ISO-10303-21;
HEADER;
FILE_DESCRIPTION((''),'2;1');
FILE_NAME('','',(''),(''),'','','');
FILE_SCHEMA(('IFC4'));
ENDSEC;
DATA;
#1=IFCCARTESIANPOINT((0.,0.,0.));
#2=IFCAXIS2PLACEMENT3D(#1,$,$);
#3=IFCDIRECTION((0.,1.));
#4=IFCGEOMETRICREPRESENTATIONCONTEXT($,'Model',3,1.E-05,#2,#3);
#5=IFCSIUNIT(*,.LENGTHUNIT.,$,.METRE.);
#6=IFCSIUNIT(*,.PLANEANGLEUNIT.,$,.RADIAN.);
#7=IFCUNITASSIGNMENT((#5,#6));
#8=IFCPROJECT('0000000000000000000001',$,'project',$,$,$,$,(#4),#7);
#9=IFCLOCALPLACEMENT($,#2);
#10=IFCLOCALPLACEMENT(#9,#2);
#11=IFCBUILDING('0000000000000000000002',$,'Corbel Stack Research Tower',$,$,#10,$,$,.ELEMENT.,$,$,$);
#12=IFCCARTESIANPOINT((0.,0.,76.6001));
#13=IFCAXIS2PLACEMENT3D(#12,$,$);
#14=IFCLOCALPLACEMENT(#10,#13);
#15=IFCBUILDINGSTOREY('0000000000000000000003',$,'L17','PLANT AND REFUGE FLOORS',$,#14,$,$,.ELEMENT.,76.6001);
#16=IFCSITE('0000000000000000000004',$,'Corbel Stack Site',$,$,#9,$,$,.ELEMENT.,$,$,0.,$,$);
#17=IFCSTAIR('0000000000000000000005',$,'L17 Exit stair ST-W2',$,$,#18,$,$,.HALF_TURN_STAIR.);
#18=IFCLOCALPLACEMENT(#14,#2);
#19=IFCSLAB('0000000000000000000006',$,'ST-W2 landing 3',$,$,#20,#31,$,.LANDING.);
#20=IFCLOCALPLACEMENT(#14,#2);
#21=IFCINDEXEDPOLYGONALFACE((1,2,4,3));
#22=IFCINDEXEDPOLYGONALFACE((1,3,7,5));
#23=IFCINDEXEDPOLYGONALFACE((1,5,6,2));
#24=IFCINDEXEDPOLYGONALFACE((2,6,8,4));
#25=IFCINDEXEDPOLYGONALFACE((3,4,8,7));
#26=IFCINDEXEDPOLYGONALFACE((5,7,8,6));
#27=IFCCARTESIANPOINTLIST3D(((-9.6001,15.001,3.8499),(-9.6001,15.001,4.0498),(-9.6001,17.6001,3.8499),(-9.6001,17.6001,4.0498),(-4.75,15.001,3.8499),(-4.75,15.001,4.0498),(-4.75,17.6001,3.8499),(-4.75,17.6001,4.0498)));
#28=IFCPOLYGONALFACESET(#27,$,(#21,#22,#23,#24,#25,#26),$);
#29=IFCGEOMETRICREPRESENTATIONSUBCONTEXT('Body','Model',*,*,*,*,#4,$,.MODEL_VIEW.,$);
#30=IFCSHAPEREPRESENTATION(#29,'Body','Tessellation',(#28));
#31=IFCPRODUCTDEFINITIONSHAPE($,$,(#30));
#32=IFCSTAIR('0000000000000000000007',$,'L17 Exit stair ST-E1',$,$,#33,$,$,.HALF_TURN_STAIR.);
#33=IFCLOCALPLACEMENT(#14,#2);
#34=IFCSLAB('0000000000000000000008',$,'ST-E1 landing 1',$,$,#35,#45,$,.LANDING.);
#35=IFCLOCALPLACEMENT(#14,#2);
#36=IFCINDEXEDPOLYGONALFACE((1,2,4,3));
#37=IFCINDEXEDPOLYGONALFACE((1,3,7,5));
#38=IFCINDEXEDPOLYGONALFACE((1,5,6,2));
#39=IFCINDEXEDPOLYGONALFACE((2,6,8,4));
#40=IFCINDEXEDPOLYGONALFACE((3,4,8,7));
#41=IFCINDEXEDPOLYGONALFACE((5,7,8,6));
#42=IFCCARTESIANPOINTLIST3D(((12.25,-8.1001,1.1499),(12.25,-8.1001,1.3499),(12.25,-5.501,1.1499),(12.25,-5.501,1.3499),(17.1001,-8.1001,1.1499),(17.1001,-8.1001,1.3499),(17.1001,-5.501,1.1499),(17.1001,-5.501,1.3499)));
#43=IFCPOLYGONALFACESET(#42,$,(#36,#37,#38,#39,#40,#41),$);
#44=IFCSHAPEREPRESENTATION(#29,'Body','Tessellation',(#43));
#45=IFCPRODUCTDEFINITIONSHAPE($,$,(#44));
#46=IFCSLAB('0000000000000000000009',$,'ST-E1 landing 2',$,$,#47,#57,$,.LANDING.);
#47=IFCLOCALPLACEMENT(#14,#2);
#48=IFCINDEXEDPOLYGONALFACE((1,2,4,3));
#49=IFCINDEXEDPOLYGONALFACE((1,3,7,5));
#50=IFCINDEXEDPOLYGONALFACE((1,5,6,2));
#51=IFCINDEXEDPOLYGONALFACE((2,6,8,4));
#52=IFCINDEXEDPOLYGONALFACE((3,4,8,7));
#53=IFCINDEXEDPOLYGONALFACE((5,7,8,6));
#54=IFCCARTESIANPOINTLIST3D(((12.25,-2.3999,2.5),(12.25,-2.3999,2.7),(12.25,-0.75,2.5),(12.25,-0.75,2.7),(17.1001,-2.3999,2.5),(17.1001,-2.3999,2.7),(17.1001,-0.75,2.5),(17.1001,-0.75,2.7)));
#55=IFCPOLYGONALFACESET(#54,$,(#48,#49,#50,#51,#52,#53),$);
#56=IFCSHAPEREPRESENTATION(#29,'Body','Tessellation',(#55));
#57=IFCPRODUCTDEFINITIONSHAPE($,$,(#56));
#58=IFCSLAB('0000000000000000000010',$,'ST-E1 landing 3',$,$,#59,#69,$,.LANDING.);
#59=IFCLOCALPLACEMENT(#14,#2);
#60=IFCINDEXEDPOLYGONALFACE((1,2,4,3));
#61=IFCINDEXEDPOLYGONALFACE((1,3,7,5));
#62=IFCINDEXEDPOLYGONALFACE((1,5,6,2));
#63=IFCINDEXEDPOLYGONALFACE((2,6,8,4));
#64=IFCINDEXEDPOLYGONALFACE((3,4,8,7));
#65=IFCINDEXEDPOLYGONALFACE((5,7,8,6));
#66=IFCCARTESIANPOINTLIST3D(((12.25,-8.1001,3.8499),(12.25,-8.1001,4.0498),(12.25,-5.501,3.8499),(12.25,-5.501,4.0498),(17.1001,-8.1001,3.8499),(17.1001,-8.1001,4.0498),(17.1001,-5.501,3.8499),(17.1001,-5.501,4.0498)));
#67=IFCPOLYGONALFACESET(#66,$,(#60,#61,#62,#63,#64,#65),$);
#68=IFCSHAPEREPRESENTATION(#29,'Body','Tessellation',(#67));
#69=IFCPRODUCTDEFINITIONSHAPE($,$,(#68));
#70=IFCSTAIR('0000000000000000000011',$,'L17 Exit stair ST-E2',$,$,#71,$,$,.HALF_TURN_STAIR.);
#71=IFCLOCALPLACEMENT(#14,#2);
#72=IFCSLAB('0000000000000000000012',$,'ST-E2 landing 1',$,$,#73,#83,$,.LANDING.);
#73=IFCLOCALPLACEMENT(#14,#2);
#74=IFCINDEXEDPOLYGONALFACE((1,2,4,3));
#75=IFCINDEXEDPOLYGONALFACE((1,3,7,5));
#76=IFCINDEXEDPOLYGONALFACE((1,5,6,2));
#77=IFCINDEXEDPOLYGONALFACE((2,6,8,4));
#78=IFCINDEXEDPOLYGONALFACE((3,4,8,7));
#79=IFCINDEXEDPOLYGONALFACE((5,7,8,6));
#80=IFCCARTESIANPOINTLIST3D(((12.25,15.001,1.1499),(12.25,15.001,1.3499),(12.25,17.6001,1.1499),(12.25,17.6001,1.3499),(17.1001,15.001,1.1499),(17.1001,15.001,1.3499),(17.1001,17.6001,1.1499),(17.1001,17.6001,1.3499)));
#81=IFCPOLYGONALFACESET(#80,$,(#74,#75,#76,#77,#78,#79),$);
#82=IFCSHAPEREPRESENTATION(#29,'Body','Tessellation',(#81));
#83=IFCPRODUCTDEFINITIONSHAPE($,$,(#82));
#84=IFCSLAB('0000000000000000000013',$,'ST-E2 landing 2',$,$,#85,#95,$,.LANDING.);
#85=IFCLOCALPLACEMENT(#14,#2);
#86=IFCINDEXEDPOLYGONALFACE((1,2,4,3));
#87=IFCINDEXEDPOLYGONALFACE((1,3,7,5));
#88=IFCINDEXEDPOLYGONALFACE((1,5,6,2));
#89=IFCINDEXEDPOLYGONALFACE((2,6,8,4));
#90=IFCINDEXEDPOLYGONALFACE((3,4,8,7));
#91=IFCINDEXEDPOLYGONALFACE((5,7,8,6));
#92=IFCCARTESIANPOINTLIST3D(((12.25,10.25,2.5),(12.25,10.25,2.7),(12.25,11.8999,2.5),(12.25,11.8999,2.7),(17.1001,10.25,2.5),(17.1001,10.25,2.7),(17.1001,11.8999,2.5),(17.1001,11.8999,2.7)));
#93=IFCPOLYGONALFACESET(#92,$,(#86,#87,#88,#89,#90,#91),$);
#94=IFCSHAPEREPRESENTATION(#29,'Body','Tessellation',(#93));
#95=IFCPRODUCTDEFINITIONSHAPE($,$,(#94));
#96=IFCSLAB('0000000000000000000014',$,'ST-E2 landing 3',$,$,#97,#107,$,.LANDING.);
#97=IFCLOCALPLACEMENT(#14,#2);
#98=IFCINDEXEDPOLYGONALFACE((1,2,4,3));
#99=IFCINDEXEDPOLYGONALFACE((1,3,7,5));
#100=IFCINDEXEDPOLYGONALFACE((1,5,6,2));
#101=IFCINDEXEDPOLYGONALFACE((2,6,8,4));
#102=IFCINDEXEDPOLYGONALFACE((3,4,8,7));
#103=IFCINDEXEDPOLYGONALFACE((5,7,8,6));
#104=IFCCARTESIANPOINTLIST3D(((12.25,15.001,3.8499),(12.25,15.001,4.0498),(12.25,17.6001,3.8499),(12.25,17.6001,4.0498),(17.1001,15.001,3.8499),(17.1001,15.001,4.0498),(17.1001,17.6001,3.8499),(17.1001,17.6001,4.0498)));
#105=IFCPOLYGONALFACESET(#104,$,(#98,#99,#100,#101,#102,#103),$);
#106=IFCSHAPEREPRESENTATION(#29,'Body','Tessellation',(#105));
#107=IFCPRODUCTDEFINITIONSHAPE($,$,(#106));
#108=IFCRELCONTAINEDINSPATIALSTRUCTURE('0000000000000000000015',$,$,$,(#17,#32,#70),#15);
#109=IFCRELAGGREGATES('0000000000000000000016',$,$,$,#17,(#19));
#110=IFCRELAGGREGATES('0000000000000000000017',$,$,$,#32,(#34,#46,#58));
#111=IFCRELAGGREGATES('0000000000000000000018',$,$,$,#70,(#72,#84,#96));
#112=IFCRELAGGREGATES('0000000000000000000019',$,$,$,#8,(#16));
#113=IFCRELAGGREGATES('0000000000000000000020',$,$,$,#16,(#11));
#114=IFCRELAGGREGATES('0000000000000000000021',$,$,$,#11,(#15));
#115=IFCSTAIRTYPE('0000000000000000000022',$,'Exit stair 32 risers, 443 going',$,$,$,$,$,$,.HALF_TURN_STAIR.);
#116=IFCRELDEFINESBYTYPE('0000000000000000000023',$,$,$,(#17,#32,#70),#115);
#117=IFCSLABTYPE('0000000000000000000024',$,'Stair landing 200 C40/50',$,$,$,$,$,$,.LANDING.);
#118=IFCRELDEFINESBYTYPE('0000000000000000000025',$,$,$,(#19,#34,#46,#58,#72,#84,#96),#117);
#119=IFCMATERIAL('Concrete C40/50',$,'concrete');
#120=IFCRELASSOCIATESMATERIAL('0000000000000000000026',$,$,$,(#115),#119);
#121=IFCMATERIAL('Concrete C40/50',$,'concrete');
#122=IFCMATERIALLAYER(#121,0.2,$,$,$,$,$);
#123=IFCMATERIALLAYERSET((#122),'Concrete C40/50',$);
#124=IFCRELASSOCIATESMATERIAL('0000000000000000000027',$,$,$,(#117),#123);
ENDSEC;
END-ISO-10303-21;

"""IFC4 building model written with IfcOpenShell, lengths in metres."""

from ifc_helpers import new_model, si_unit, direction, frame, origin, place, context, subcontext, project, spatial, polyline, outline, extrude, material, layer, layer_set, type_object, element, aggregate, save


model = new_model("IFC4")

# Units and contexts
model_context = context("Model", 3, precision=1e-05, world=origin(), true_north=direction((0.0, 1.0)))
body_context = subcontext(model_context, "Body", "Model", "MODEL_VIEW")
ifc_project = project(units=[si_unit("LENGTHUNIT", "METRE"), si_unit("PLANEANGLEUNIT", "RADIAN")], contexts=[model_context])

# Site, building, storey
site_placement = place(None, origin())
site = spatial("IfcSite", under=ifc_project, at=site_placement, Name="Corbel Stack Site", CompositionType="ELEMENT", RefElevation=0.0)
building_placement = place(site_placement, origin())
building = spatial("IfcBuilding", under=site, at=building_placement, Name="Corbel Stack Research Tower", CompositionType="ELEMENT")
storey_placement = place(building_placement, frame((0.0, 0.0, 76.6001)))
storey = spatial("IfcBuildingStorey", under=building, at=storey_placement, Name="L17", Description="PLANT AND REFUGE FLOORS", CompositionType="ELEMENT", Elevation=76.6001)

# Stairs, slabs
ifc_material_1 = material(Name="Concrete C40/50", Category="concrete")
stair_type = type_object("IfcStairType", Name="Exit stair 32 risers, 443 going", PredefinedType="HALF_TURN_STAIR", material=ifc_material_1)
ifc_material_2 = material(Name="Concrete C40/50", Category="concrete")
ifc_layer_1 = layer(ifc_material_2, 0.2)
ifc_layer_set_1 = layer_set([ifc_layer_1], Name="Concrete C40/50")
slab_type_1 = type_object("IfcSlabType", Name="Stair landing 200 C40/50", PredefinedType="LANDING", material=ifc_layer_set_1)
stair_1_placement = place(storey_placement, origin())
stair_1 = element("IfcStair", 1, at=stair_1_placement, inside=storey, type_object=stair_type, Name="L17 Exit stair ST-W2", PredefinedType="HALF_TURN_STAIR")
slab_1_placement = place(storey_placement, frame((0.0, 0.0, 3.8499)))
slab_1 = element("IfcSlab", 2, at=slab_1_placement, type_object=slab_type_1, Name="ST-W2 landing 3", PredefinedType="LANDING", context=body_context, shape_type="SweptSolid", body=[
    extrude(outline(polyline([(-9.6001, 15.001), (-9.6001, 17.6001), (-4.75, 17.6001), (-4.75, 15.001), (-9.6001, 15.001)])), origin(), (0.0, 0.0, 1.0), 0.2),
])
aggregate(stair_1, [slab_1])
stair_2_placement = place(storey_placement, origin())
stair_2 = element("IfcStair", 3, at=stair_2_placement, inside=storey, type_object=stair_type, Name="L17 Exit stair ST-E1", PredefinedType="HALF_TURN_STAIR")
slab_2_placement = place(storey_placement, frame((0.0, 0.0, 1.1499)))
slab_2 = element("IfcSlab", 4, at=slab_2_placement, type_object=slab_type_1, Name="ST-E1 landing 1", PredefinedType="LANDING", context=body_context, shape_type="SweptSolid", body=[
    extrude(outline(polyline([(12.25, -8.1001), (12.25, -5.501), (17.1001, -5.501), (17.1001, -8.1001), (12.25, -8.1001)])), origin(), (0.0, 0.0, 1.0), 0.2),
])
slab_3_placement = place(storey_placement, frame((0.0, 0.0, 2.5)))
slab_3 = element("IfcSlab", 5, at=slab_3_placement, type_object=slab_type_1, Name="ST-E1 landing 2", PredefinedType="LANDING", context=body_context, shape_type="SweptSolid", body=[
    extrude(outline(polyline([(12.25, -2.3999), (12.25, -0.75), (17.1001, -0.75), (17.1001, -2.3999), (12.25, -2.3999)])), origin(), (0.0, 0.0, 1.0), 0.2),
])
slab_4_placement = place(storey_placement, frame((0.0, 0.0, 3.8499)))
slab_4 = element("IfcSlab", 6, at=slab_4_placement, type_object=slab_type_1, Name="ST-E1 landing 3", PredefinedType="LANDING", context=body_context, shape_type="SweptSolid", body=[
    extrude(outline(polyline([(12.25, -8.1001), (12.25, -5.501), (17.1001, -5.501), (17.1001, -8.1001), (12.25, -8.1001)])), origin(), (0.0, 0.0, 1.0), 0.2),
])
aggregate(stair_2, [slab_2, slab_3, slab_4])
stair_3_placement = place(storey_placement, origin())
stair_3 = element("IfcStair", 7, at=stair_3_placement, inside=storey, type_object=stair_type, Name="L17 Exit stair ST-E2", PredefinedType="HALF_TURN_STAIR")
slab_5_placement = place(storey_placement, frame((0.0, 0.0, 1.1499)))
slab_5 = element("IfcSlab", 8, at=slab_5_placement, type_object=slab_type_1, Name="ST-E2 landing 1", PredefinedType="LANDING", context=body_context, shape_type="SweptSolid", body=[
    extrude(outline(polyline([(12.25, 15.001), (12.25, 17.6001), (17.1001, 17.6001), (17.1001, 15.001), (12.25, 15.001)])), origin(), (0.0, 0.0, 1.0), 0.2),
])
slab_6_placement = place(storey_placement, frame((0.0, 0.0, 2.5)))
slab_6 = element("IfcSlab", 9, at=slab_6_placement, type_object=slab_type_1, Name="ST-E2 landing 2", PredefinedType="LANDING", context=body_context, shape_type="SweptSolid", body=[
    extrude(outline(polyline([(12.25, 10.25), (12.25, 11.8999), (17.1001, 11.8999), (17.1001, 10.25), (12.25, 10.25)])), origin(), (0.0, 0.0, 1.0), 0.2),
])
slab_7_placement = place(storey_placement, frame((0.0, 0.0, 3.8499)))
slab_7 = element("IfcSlab", 10, at=slab_7_placement, type_object=slab_type_1, Name="ST-E2 landing 3", PredefinedType="LANDING", context=body_context, shape_type="SweptSolid", body=[
    extrude(outline(polyline([(12.25, 15.001), (12.25, 17.6001), (17.1001, 17.6001), (17.1001, 15.001), (12.25, 15.001)])), origin(), (0.0, 0.0, 1.0), 0.2),
])
aggregate(stair_3, [slab_5, slab_6, slab_7])

save(model, "model.ifc")
